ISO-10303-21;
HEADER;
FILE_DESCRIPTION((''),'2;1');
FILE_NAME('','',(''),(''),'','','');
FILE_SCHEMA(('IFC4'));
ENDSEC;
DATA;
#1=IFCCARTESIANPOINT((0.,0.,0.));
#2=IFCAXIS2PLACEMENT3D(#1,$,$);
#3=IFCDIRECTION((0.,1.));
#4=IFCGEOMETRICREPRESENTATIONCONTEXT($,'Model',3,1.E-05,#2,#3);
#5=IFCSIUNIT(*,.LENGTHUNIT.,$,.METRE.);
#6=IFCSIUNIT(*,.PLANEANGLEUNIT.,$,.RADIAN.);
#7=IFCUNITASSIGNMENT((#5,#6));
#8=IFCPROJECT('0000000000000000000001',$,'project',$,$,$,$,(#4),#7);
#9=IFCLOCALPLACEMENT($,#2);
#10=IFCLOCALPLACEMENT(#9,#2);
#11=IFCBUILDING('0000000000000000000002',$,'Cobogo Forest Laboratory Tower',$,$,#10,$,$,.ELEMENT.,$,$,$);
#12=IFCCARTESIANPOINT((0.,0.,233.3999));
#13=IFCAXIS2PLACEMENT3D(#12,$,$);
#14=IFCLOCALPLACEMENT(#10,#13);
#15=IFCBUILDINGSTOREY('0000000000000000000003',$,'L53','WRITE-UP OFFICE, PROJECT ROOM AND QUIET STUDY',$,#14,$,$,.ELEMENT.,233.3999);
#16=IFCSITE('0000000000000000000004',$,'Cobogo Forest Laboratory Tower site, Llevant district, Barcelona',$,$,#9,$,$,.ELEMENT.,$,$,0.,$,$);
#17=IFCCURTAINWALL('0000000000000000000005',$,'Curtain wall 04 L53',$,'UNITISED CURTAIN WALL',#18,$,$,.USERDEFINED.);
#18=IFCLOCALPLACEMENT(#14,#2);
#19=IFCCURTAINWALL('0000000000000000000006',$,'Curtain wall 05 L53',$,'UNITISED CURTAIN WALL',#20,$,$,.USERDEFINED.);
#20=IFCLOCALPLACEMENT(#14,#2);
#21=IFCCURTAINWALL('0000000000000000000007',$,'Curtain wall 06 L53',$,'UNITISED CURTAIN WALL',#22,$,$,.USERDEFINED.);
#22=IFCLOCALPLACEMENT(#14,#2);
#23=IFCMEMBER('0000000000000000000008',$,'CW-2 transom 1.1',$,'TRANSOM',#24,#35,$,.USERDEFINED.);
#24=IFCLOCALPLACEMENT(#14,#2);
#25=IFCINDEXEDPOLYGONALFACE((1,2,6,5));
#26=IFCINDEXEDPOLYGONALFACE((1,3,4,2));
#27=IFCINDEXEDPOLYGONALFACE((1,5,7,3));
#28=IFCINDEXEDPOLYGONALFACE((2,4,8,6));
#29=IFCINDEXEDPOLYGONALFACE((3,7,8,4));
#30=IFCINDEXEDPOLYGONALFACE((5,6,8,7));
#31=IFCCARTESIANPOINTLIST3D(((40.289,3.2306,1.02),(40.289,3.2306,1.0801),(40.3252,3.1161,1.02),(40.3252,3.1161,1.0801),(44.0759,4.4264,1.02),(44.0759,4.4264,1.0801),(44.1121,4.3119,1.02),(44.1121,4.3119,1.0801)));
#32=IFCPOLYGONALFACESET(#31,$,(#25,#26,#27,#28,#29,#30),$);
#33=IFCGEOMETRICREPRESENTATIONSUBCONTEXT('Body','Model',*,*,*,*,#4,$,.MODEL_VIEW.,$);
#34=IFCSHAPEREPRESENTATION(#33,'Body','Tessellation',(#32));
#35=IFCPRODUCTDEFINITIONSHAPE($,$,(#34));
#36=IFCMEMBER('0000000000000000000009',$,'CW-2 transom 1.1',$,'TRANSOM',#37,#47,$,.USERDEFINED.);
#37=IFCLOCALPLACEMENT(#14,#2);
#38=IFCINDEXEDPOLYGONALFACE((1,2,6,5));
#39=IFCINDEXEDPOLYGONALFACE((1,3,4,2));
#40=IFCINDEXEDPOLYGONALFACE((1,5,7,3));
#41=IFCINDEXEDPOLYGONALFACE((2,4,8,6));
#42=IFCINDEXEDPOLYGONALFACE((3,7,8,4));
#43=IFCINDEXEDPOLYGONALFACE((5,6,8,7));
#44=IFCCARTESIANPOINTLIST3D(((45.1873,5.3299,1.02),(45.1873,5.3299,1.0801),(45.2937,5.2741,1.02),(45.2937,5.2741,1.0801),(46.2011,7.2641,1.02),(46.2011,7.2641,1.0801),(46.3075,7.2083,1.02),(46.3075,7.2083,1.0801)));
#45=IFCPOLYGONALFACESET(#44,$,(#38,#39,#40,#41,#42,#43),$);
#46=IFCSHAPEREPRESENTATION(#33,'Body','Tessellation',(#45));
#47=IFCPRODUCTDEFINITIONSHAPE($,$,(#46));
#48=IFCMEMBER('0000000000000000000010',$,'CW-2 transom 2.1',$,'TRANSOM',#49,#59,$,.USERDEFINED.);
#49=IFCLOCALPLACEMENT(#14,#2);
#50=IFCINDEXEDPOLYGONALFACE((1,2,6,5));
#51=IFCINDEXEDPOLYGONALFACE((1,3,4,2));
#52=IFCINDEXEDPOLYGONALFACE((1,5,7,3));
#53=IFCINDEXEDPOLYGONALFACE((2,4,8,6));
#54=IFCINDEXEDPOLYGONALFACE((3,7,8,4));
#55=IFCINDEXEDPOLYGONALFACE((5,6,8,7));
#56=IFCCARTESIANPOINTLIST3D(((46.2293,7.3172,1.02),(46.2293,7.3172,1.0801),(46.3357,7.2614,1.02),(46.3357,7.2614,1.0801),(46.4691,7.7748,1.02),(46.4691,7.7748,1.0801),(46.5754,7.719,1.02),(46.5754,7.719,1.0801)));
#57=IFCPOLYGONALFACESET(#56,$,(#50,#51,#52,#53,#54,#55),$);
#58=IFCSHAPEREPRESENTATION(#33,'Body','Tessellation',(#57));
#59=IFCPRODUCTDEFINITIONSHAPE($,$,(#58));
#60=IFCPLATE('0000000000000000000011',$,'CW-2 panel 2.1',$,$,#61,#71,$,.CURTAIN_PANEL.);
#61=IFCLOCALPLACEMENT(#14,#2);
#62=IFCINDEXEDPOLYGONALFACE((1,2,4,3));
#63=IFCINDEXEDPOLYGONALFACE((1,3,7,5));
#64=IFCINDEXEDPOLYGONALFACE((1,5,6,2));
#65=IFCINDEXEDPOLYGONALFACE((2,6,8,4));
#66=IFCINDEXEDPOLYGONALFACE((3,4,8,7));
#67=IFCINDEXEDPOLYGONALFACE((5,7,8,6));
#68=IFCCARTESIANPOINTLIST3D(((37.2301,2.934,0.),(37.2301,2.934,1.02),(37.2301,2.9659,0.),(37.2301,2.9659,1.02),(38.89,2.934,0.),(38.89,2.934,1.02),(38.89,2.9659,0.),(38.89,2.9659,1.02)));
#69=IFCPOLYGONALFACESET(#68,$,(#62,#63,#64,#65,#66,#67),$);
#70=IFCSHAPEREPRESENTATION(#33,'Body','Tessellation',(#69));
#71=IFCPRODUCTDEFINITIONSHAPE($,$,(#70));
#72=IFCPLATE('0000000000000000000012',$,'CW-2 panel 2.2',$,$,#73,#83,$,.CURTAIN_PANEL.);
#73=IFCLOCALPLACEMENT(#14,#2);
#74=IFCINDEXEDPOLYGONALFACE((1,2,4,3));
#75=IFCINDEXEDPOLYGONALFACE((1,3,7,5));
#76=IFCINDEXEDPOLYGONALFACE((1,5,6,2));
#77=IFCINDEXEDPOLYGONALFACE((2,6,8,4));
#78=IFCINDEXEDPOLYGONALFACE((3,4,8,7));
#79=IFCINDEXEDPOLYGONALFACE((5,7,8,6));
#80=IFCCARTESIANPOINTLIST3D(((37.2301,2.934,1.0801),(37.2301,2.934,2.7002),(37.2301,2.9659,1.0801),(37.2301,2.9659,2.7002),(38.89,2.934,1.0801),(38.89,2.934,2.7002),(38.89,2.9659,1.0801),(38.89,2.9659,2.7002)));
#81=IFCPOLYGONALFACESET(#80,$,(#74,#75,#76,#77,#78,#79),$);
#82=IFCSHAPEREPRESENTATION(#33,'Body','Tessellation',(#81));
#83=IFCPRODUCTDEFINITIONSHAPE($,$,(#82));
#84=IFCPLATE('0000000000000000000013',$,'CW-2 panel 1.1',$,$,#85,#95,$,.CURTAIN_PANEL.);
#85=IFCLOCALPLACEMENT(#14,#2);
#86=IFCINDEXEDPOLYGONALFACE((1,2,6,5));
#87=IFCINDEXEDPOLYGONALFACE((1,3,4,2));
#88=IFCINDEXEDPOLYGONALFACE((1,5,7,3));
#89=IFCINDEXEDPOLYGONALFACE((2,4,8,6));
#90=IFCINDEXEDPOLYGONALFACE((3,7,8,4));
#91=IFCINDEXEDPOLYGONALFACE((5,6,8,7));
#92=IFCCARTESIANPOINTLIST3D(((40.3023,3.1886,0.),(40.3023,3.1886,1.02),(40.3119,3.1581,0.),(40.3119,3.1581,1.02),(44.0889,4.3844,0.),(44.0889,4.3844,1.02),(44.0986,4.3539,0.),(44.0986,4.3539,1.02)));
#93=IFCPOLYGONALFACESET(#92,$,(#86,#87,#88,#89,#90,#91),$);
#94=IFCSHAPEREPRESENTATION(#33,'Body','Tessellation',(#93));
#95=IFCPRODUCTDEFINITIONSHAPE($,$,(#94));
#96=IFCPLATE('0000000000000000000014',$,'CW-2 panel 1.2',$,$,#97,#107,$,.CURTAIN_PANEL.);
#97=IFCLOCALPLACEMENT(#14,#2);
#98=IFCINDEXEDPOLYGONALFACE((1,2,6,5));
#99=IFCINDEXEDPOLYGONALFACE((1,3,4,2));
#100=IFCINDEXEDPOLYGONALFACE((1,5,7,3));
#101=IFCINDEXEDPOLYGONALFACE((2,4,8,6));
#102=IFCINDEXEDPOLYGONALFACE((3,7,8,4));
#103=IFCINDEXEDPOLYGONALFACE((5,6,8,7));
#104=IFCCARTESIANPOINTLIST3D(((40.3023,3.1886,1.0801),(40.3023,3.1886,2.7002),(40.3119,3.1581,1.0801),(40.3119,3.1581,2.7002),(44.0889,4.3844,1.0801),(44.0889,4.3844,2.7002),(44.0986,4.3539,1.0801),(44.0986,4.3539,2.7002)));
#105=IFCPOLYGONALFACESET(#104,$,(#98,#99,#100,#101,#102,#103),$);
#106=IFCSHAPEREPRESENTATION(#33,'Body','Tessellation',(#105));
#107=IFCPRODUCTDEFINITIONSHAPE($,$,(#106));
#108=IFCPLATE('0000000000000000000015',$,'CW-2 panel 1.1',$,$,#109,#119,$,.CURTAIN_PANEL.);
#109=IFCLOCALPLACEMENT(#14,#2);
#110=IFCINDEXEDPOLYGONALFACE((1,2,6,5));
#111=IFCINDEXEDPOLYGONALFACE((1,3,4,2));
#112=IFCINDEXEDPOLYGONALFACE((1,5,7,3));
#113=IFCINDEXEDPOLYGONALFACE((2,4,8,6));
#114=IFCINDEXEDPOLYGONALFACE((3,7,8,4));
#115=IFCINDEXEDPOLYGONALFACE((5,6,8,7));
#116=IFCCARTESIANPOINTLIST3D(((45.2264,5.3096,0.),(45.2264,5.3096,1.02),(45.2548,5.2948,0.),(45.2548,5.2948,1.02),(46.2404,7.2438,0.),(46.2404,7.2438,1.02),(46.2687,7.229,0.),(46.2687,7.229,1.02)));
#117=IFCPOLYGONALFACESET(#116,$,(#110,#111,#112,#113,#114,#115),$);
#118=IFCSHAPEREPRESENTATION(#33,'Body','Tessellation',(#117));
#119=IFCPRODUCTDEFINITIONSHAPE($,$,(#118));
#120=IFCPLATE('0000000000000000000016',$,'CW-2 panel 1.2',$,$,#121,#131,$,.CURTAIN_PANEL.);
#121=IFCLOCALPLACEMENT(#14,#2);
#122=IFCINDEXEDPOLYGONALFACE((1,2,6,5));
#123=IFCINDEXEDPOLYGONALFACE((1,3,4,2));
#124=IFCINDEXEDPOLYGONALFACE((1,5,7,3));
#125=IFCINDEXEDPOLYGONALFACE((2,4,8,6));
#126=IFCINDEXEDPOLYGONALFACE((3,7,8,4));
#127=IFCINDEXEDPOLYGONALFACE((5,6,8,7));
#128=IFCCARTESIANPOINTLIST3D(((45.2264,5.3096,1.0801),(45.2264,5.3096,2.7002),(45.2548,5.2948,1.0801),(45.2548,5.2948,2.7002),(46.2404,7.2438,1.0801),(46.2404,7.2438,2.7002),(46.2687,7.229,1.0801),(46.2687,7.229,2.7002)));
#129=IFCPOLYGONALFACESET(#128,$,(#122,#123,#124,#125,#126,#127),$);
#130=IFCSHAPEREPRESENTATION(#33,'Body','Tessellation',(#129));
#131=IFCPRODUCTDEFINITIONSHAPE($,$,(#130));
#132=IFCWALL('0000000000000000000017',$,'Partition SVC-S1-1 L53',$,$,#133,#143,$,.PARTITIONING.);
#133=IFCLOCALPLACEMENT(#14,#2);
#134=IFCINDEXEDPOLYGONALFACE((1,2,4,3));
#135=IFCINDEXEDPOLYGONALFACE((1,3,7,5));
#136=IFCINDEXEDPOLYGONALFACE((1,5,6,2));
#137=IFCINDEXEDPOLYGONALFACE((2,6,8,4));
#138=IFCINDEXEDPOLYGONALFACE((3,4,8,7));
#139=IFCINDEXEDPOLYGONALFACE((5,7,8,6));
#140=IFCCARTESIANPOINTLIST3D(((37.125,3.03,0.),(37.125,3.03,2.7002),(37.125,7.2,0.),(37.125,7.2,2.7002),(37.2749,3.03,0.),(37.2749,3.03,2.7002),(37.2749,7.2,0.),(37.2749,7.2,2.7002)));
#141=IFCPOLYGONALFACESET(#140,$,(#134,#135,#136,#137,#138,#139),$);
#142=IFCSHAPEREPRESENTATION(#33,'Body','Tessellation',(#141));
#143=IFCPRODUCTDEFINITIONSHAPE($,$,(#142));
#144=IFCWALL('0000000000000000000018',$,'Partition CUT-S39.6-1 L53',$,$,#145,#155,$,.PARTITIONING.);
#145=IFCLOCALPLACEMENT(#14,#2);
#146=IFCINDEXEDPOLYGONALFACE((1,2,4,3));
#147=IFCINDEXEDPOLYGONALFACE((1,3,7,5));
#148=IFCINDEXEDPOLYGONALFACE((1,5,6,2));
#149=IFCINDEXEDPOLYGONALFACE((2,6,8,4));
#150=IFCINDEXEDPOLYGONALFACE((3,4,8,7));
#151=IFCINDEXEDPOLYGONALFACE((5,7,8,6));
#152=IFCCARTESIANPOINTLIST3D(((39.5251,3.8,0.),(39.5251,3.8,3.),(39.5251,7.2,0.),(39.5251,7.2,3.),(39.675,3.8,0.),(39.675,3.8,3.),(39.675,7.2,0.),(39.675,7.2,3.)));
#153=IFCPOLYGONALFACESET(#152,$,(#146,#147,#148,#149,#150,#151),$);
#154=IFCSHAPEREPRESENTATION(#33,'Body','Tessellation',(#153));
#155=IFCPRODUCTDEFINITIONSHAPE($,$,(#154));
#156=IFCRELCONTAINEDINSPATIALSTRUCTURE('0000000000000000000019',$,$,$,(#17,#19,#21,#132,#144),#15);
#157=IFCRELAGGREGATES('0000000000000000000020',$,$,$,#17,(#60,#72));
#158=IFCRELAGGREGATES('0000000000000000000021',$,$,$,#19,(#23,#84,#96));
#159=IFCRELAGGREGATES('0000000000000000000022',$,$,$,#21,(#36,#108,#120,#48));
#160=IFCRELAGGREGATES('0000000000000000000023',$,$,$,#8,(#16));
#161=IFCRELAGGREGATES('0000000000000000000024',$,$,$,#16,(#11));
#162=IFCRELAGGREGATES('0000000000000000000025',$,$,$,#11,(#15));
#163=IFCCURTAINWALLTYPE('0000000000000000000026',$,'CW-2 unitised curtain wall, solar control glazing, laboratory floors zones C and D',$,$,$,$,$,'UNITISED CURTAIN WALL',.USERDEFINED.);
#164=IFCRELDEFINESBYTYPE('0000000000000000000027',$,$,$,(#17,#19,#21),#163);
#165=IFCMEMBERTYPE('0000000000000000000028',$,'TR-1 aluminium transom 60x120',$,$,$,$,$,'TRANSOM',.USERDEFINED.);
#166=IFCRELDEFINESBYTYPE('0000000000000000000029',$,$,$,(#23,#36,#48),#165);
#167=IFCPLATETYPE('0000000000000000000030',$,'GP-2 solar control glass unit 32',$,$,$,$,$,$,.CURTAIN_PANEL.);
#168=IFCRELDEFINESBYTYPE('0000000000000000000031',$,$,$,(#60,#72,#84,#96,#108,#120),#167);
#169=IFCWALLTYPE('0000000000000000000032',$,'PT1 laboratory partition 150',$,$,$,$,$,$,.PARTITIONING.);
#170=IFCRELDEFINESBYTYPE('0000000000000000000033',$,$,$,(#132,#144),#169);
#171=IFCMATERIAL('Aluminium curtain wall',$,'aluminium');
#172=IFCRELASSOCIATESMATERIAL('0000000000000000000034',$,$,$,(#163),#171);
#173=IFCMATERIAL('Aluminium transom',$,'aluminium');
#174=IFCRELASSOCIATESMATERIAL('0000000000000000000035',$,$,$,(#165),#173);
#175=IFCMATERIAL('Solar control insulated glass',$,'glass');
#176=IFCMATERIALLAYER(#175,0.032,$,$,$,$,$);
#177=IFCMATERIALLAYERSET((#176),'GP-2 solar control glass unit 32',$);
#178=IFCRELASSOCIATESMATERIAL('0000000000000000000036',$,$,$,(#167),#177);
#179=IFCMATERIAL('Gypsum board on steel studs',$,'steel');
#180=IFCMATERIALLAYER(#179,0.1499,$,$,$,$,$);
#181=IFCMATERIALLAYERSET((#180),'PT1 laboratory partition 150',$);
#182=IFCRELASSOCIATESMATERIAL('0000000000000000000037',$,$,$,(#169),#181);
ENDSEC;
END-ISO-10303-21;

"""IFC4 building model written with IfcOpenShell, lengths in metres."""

from ifc_helpers import new_model, si_unit, direction, frame, frame_2d, origin, origin_2d, place, context, subcontext, project, spatial, rectangle, extrude, material, layer, layer_set, material_profile, profile_set, type_object, element, aggregate, save


model = new_model("IFC4")

# Units and contexts
model_context = context("Model", 3, precision=1e-05, world=origin(), true_north=direction((0.0, 1.0)))
body_context = subcontext(model_context, "Body", "Model", "MODEL_VIEW")
ifc_project = project(units=[si_unit("LENGTHUNIT", "METRE"), si_unit("PLANEANGLEUNIT", "RADIAN")], contexts=[model_context])

# Site, building, storey
site_placement = place(None, origin())
site = spatial("IfcSite", under=ifc_project, at=site_placement, Name="Cobogo Forest Laboratory Tower site, Llevant district, Barcelona", CompositionType="ELEMENT", RefElevation=0.0)
building_placement = place(site_placement, origin())
building = spatial("IfcBuilding", under=site, at=building_placement, Name="Cobogo Forest Laboratory Tower", CompositionType="ELEMENT")
storey_placement = place(building_placement, frame((0.0, 0.0, 233.3999)))
storey = spatial("IfcBuildingStorey", under=building, at=storey_placement, Name="L53", Description="WRITE-UP OFFICE, PROJECT ROOM AND QUIET STUDY", CompositionType="ELEMENT", Elevation=233.3999)

# Curtain walls
ifc_material_1 = material(Name="Aluminium curtain wall", Category="aluminium")
curtain_wall_type = type_object("IfcCurtainWallType", Name="CW-2 unitised curtain wall, solar control glazing, laboratory floors zones C and D", ElementType="UNITISED CURTAIN WALL", PredefinedType="USERDEFINED", material=ifc_material_1)
curtain_wall_1_placement = place(storey_placement, origin())
curtain_wall_1 = element("IfcCurtainWall", 1, at=curtain_wall_1_placement, inside=storey, type_object=curtain_wall_type, Name="Curtain wall 04 L53", ObjectType="UNITISED CURTAIN WALL", PredefinedType="USERDEFINED")
curtain_wall_2_placement = place(storey_placement, origin())
curtain_wall_2 = element("IfcCurtainWall", 2, at=curtain_wall_2_placement, inside=storey, type_object=curtain_wall_type, Name="Curtain wall 05 L53", ObjectType="UNITISED CURTAIN WALL", PredefinedType="USERDEFINED")
curtain_wall_3_placement = place(storey_placement, origin())
curtain_wall_3 = element("IfcCurtainWall", 3, at=curtain_wall_3_placement, inside=storey, type_object=curtain_wall_type, Name="Curtain wall 06 L53", ObjectType="UNITISED CURTAIN WALL", PredefinedType="USERDEFINED")

# Members
ifc_material_2 = material(Name="Aluminium transom", Category="aluminium")
ifc_material_profile_1 = material_profile(ifc_material_2, rectangle(XDim=0.1201, YDim=0.0601, at=origin_2d()), Name="AL 60x120")
ifc_profile_set_1 = profile_set([ifc_material_profile_1], Name="Aluminium transom")
member_type_1 = type_object("IfcMemberType", Name="TR-1 aluminium transom 60x120", ElementType="TRANSOM", PredefinedType="USERDEFINED", material=ifc_profile_set_1)
member_1_placement = place(storey_placement, frame((40.3071, 3.1733, 1.05), z_axis=(0.953586, 0.30112, 0.0), x_axis=(-0.30112, 0.953586, 0.0)))
member_1 = element("IfcMember", 4, at=member_1_placement, type_object=member_type_1, Name="CW-2 transom 1.1", ObjectType="TRANSOM", PredefinedType="USERDEFINED", context=body_context, shape_type="SweptSolid", body=[
    extrude(rectangle(XDim=0.1201, YDim=0.0601, at=origin_2d()), origin(), (0.0, 0.0, 1.0), 3.9712),
])
member_2_placement = place(storey_placement, frame((45.2405, 5.302, 1.05), z_axis=(0.464258, 0.8857, 0.0), x_axis=(-0.8857, 0.464258, 0.0)))
member_2 = element("IfcMember", 5, at=member_2_placement, type_object=member_type_1, Name="CW-2 transom 1.1", ObjectType="TRANSOM", PredefinedType="USERDEFINED", context=body_context, shape_type="SweptSolid", body=[
    extrude(rectangle(XDim=0.1201, YDim=0.0601, at=origin_2d()), origin(), (0.0, 0.0, 1.0), 2.1838),
])
member_3_placement = place(storey_placement, frame((46.2825, 7.2893, 1.05), z_axis=(0.464148, 0.885758, 0.0), x_axis=(-0.885758, 0.464148, 0.0)))
member_3 = element("IfcMember", 6, at=member_3_placement, type_object=member_type_1, Name="CW-2 transom 2.1", ObjectType="TRANSOM", PredefinedType="USERDEFINED", context=body_context, shape_type="SweptSolid", body=[
    extrude(rectangle(XDim=0.1201, YDim=0.0601, at=origin_2d()), origin(), (0.0, 0.0, 1.0), 0.5166),
])

# Plates
ifc_material_3 = material(Name="Solar control insulated glass", Category="glass")
ifc_layer_1 = layer(ifc_material_3, 0.032)
ifc_layer_set_1 = layer_set([ifc_layer_1], Name="GP-2 solar control glass unit 32")
plate_type = type_object("IfcPlateType", Name="GP-2 solar control glass unit 32", PredefinedType="CURTAIN_PANEL", material=ifc_layer_set_1)
plate_1_placement = place(storey_placement, frame((38.0601, 2.95, 0.0), z_axis=(0.0, 0.0, 1.0), x_axis=(1.0, 0.0, 0.0)))
plate_1 = element("IfcPlate", 7, at=plate_1_placement, type_object=plate_type, Name="CW-2 panel 2.1", PredefinedType="CURTAIN_PANEL", context=body_context, shape_type="SweptSolid", body=[
    extrude(rectangle(XDim=1.6599, YDim=0.032, at=origin_2d()), origin(), (0.0, 0.0, 1.0), 1.02),
])
plate_2_placement = place(storey_placement, frame((38.0601, 2.95, 1.0801), z_axis=(0.0, 0.0, 1.0), x_axis=(1.0, 0.0, 0.0)))
plate_2 = element("IfcPlate", 8, at=plate_2_placement, type_object=plate_type, Name="CW-2 panel 2.2", PredefinedType="CURTAIN_PANEL", context=body_context, shape_type="SweptSolid", body=[
    extrude(rectangle(XDim=1.6599, YDim=0.032, at=origin_2d()), origin(), (0.0, 0.0, 1.0), 1.6201),
])
aggregate(curtain_wall_1, [plate_1, plate_2])
plate_3_placement = place(storey_placement, frame((42.2004, 3.7712, 0.0), z_axis=(0.0, 0.0, 1.0), x_axis=(0.953581, 0.301136, 0.0)))
plate_3 = element("IfcPlate", 9, at=plate_3_placement, type_object=plate_type, Name="CW-2 panel 1.1", PredefinedType="CURTAIN_PANEL", context=body_context, shape_type="SweptSolid", body=[
    extrude(rectangle(XDim=3.9709, YDim=0.032, at=origin_2d()), origin(), (0.0, 0.0, 1.0), 1.02),
])
plate_4_placement = place(storey_placement, frame((42.2004, 3.7712, 1.0801), z_axis=(0.0, 0.0, 1.0), x_axis=(0.953581, 0.301136, 0.0)))
plate_4 = element("IfcPlate", 10, at=plate_4_placement, type_object=plate_type, Name="CW-2 panel 1.2", PredefinedType="CURTAIN_PANEL", context=body_context, shape_type="SweptSolid", body=[
    extrude(rectangle(XDim=3.9709, YDim=0.032, at=origin_2d()), origin(), (0.0, 0.0, 1.0), 1.6201),
])
aggregate(curtain_wall_2, [member_1, plate_3, plate_4])
plate_5_placement = place(storey_placement, frame((45.7476, 6.2693, 0.0), z_axis=(0.0, 0.0, 1.0), x_axis=(0.464284, 0.885686, 0.0)))
plate_5 = element("IfcPlate", 11, at=plate_5_placement, type_object=plate_type, Name="CW-2 panel 1.1", PredefinedType="CURTAIN_PANEL", context=body_context, shape_type="SweptSolid", body=[
    extrude(rectangle(XDim=2.1838, YDim=0.032, at=origin_2d()), origin(), (0.0, 0.0, 1.0), 1.02),
])
plate_6_placement = place(storey_placement, frame((45.7476, 6.2693, 1.0801), z_axis=(0.0, 0.0, 1.0), x_axis=(0.464284, 0.885686, 0.0)))
plate_6 = element("IfcPlate", 12, at=plate_6_placement, type_object=plate_type, Name="CW-2 panel 1.2", PredefinedType="CURTAIN_PANEL", context=body_context, shape_type="SweptSolid", body=[
    extrude(rectangle(XDim=2.1838, YDim=0.032, at=origin_2d()), origin(), (0.0, 0.0, 1.0), 1.6201),
])
aggregate(curtain_wall_3, [member_2, plate_5, plate_6, member_3])

# Walls
ifc_material_4 = material(Name="Gypsum board on steel studs", Category="steel")
ifc_layer_2 = layer(ifc_material_4, 0.1499)
ifc_layer_set_2 = layer_set([ifc_layer_2], Name="PT1 laboratory partition 150")
wall_type = type_object("IfcWallType", Name="PT1 laboratory partition 150", PredefinedType="PARTITIONING", material=ifc_layer_set_2)
wall_1_placement = place(storey_placement, frame((37.2, 3.03, 0.0), z_axis=(0.0, 0.0, 1.0), x_axis=(0.0, 1.0, 0.0)))
element("IfcWall", 13, at=wall_1_placement, inside=storey, type_object=wall_type, Name="Partition SVC-S1-1 L53", PredefinedType="PARTITIONING", context=body_context, shape_type="SweptSolid", body=[
    extrude(rectangle(XDim=4.1699, YDim=0.1499, at=frame_2d((2.085, 0.0))), origin(), (0.0, 0.0, 1.0), 2.7002),
])
wall_2_placement = place(storey_placement, frame((39.6001, 3.8, 0.0), z_axis=(0.0, 0.0, 1.0), x_axis=(0.0, 1.0, 0.0)))
element("IfcWall", 14, at=wall_2_placement, inside=storey, type_object=wall_type, Name="Partition CUT-S39.6-1 L53", PredefinedType="PARTITIONING", context=body_context, shape_type="SweptSolid", body=[
    extrude(rectangle(XDim=3.3999, YDim=0.1499, at=frame_2d((1.7, 0.0))), origin(), (0.0, 0.0, 1.0), 3.0),
])

save(model, "model.ifc")
